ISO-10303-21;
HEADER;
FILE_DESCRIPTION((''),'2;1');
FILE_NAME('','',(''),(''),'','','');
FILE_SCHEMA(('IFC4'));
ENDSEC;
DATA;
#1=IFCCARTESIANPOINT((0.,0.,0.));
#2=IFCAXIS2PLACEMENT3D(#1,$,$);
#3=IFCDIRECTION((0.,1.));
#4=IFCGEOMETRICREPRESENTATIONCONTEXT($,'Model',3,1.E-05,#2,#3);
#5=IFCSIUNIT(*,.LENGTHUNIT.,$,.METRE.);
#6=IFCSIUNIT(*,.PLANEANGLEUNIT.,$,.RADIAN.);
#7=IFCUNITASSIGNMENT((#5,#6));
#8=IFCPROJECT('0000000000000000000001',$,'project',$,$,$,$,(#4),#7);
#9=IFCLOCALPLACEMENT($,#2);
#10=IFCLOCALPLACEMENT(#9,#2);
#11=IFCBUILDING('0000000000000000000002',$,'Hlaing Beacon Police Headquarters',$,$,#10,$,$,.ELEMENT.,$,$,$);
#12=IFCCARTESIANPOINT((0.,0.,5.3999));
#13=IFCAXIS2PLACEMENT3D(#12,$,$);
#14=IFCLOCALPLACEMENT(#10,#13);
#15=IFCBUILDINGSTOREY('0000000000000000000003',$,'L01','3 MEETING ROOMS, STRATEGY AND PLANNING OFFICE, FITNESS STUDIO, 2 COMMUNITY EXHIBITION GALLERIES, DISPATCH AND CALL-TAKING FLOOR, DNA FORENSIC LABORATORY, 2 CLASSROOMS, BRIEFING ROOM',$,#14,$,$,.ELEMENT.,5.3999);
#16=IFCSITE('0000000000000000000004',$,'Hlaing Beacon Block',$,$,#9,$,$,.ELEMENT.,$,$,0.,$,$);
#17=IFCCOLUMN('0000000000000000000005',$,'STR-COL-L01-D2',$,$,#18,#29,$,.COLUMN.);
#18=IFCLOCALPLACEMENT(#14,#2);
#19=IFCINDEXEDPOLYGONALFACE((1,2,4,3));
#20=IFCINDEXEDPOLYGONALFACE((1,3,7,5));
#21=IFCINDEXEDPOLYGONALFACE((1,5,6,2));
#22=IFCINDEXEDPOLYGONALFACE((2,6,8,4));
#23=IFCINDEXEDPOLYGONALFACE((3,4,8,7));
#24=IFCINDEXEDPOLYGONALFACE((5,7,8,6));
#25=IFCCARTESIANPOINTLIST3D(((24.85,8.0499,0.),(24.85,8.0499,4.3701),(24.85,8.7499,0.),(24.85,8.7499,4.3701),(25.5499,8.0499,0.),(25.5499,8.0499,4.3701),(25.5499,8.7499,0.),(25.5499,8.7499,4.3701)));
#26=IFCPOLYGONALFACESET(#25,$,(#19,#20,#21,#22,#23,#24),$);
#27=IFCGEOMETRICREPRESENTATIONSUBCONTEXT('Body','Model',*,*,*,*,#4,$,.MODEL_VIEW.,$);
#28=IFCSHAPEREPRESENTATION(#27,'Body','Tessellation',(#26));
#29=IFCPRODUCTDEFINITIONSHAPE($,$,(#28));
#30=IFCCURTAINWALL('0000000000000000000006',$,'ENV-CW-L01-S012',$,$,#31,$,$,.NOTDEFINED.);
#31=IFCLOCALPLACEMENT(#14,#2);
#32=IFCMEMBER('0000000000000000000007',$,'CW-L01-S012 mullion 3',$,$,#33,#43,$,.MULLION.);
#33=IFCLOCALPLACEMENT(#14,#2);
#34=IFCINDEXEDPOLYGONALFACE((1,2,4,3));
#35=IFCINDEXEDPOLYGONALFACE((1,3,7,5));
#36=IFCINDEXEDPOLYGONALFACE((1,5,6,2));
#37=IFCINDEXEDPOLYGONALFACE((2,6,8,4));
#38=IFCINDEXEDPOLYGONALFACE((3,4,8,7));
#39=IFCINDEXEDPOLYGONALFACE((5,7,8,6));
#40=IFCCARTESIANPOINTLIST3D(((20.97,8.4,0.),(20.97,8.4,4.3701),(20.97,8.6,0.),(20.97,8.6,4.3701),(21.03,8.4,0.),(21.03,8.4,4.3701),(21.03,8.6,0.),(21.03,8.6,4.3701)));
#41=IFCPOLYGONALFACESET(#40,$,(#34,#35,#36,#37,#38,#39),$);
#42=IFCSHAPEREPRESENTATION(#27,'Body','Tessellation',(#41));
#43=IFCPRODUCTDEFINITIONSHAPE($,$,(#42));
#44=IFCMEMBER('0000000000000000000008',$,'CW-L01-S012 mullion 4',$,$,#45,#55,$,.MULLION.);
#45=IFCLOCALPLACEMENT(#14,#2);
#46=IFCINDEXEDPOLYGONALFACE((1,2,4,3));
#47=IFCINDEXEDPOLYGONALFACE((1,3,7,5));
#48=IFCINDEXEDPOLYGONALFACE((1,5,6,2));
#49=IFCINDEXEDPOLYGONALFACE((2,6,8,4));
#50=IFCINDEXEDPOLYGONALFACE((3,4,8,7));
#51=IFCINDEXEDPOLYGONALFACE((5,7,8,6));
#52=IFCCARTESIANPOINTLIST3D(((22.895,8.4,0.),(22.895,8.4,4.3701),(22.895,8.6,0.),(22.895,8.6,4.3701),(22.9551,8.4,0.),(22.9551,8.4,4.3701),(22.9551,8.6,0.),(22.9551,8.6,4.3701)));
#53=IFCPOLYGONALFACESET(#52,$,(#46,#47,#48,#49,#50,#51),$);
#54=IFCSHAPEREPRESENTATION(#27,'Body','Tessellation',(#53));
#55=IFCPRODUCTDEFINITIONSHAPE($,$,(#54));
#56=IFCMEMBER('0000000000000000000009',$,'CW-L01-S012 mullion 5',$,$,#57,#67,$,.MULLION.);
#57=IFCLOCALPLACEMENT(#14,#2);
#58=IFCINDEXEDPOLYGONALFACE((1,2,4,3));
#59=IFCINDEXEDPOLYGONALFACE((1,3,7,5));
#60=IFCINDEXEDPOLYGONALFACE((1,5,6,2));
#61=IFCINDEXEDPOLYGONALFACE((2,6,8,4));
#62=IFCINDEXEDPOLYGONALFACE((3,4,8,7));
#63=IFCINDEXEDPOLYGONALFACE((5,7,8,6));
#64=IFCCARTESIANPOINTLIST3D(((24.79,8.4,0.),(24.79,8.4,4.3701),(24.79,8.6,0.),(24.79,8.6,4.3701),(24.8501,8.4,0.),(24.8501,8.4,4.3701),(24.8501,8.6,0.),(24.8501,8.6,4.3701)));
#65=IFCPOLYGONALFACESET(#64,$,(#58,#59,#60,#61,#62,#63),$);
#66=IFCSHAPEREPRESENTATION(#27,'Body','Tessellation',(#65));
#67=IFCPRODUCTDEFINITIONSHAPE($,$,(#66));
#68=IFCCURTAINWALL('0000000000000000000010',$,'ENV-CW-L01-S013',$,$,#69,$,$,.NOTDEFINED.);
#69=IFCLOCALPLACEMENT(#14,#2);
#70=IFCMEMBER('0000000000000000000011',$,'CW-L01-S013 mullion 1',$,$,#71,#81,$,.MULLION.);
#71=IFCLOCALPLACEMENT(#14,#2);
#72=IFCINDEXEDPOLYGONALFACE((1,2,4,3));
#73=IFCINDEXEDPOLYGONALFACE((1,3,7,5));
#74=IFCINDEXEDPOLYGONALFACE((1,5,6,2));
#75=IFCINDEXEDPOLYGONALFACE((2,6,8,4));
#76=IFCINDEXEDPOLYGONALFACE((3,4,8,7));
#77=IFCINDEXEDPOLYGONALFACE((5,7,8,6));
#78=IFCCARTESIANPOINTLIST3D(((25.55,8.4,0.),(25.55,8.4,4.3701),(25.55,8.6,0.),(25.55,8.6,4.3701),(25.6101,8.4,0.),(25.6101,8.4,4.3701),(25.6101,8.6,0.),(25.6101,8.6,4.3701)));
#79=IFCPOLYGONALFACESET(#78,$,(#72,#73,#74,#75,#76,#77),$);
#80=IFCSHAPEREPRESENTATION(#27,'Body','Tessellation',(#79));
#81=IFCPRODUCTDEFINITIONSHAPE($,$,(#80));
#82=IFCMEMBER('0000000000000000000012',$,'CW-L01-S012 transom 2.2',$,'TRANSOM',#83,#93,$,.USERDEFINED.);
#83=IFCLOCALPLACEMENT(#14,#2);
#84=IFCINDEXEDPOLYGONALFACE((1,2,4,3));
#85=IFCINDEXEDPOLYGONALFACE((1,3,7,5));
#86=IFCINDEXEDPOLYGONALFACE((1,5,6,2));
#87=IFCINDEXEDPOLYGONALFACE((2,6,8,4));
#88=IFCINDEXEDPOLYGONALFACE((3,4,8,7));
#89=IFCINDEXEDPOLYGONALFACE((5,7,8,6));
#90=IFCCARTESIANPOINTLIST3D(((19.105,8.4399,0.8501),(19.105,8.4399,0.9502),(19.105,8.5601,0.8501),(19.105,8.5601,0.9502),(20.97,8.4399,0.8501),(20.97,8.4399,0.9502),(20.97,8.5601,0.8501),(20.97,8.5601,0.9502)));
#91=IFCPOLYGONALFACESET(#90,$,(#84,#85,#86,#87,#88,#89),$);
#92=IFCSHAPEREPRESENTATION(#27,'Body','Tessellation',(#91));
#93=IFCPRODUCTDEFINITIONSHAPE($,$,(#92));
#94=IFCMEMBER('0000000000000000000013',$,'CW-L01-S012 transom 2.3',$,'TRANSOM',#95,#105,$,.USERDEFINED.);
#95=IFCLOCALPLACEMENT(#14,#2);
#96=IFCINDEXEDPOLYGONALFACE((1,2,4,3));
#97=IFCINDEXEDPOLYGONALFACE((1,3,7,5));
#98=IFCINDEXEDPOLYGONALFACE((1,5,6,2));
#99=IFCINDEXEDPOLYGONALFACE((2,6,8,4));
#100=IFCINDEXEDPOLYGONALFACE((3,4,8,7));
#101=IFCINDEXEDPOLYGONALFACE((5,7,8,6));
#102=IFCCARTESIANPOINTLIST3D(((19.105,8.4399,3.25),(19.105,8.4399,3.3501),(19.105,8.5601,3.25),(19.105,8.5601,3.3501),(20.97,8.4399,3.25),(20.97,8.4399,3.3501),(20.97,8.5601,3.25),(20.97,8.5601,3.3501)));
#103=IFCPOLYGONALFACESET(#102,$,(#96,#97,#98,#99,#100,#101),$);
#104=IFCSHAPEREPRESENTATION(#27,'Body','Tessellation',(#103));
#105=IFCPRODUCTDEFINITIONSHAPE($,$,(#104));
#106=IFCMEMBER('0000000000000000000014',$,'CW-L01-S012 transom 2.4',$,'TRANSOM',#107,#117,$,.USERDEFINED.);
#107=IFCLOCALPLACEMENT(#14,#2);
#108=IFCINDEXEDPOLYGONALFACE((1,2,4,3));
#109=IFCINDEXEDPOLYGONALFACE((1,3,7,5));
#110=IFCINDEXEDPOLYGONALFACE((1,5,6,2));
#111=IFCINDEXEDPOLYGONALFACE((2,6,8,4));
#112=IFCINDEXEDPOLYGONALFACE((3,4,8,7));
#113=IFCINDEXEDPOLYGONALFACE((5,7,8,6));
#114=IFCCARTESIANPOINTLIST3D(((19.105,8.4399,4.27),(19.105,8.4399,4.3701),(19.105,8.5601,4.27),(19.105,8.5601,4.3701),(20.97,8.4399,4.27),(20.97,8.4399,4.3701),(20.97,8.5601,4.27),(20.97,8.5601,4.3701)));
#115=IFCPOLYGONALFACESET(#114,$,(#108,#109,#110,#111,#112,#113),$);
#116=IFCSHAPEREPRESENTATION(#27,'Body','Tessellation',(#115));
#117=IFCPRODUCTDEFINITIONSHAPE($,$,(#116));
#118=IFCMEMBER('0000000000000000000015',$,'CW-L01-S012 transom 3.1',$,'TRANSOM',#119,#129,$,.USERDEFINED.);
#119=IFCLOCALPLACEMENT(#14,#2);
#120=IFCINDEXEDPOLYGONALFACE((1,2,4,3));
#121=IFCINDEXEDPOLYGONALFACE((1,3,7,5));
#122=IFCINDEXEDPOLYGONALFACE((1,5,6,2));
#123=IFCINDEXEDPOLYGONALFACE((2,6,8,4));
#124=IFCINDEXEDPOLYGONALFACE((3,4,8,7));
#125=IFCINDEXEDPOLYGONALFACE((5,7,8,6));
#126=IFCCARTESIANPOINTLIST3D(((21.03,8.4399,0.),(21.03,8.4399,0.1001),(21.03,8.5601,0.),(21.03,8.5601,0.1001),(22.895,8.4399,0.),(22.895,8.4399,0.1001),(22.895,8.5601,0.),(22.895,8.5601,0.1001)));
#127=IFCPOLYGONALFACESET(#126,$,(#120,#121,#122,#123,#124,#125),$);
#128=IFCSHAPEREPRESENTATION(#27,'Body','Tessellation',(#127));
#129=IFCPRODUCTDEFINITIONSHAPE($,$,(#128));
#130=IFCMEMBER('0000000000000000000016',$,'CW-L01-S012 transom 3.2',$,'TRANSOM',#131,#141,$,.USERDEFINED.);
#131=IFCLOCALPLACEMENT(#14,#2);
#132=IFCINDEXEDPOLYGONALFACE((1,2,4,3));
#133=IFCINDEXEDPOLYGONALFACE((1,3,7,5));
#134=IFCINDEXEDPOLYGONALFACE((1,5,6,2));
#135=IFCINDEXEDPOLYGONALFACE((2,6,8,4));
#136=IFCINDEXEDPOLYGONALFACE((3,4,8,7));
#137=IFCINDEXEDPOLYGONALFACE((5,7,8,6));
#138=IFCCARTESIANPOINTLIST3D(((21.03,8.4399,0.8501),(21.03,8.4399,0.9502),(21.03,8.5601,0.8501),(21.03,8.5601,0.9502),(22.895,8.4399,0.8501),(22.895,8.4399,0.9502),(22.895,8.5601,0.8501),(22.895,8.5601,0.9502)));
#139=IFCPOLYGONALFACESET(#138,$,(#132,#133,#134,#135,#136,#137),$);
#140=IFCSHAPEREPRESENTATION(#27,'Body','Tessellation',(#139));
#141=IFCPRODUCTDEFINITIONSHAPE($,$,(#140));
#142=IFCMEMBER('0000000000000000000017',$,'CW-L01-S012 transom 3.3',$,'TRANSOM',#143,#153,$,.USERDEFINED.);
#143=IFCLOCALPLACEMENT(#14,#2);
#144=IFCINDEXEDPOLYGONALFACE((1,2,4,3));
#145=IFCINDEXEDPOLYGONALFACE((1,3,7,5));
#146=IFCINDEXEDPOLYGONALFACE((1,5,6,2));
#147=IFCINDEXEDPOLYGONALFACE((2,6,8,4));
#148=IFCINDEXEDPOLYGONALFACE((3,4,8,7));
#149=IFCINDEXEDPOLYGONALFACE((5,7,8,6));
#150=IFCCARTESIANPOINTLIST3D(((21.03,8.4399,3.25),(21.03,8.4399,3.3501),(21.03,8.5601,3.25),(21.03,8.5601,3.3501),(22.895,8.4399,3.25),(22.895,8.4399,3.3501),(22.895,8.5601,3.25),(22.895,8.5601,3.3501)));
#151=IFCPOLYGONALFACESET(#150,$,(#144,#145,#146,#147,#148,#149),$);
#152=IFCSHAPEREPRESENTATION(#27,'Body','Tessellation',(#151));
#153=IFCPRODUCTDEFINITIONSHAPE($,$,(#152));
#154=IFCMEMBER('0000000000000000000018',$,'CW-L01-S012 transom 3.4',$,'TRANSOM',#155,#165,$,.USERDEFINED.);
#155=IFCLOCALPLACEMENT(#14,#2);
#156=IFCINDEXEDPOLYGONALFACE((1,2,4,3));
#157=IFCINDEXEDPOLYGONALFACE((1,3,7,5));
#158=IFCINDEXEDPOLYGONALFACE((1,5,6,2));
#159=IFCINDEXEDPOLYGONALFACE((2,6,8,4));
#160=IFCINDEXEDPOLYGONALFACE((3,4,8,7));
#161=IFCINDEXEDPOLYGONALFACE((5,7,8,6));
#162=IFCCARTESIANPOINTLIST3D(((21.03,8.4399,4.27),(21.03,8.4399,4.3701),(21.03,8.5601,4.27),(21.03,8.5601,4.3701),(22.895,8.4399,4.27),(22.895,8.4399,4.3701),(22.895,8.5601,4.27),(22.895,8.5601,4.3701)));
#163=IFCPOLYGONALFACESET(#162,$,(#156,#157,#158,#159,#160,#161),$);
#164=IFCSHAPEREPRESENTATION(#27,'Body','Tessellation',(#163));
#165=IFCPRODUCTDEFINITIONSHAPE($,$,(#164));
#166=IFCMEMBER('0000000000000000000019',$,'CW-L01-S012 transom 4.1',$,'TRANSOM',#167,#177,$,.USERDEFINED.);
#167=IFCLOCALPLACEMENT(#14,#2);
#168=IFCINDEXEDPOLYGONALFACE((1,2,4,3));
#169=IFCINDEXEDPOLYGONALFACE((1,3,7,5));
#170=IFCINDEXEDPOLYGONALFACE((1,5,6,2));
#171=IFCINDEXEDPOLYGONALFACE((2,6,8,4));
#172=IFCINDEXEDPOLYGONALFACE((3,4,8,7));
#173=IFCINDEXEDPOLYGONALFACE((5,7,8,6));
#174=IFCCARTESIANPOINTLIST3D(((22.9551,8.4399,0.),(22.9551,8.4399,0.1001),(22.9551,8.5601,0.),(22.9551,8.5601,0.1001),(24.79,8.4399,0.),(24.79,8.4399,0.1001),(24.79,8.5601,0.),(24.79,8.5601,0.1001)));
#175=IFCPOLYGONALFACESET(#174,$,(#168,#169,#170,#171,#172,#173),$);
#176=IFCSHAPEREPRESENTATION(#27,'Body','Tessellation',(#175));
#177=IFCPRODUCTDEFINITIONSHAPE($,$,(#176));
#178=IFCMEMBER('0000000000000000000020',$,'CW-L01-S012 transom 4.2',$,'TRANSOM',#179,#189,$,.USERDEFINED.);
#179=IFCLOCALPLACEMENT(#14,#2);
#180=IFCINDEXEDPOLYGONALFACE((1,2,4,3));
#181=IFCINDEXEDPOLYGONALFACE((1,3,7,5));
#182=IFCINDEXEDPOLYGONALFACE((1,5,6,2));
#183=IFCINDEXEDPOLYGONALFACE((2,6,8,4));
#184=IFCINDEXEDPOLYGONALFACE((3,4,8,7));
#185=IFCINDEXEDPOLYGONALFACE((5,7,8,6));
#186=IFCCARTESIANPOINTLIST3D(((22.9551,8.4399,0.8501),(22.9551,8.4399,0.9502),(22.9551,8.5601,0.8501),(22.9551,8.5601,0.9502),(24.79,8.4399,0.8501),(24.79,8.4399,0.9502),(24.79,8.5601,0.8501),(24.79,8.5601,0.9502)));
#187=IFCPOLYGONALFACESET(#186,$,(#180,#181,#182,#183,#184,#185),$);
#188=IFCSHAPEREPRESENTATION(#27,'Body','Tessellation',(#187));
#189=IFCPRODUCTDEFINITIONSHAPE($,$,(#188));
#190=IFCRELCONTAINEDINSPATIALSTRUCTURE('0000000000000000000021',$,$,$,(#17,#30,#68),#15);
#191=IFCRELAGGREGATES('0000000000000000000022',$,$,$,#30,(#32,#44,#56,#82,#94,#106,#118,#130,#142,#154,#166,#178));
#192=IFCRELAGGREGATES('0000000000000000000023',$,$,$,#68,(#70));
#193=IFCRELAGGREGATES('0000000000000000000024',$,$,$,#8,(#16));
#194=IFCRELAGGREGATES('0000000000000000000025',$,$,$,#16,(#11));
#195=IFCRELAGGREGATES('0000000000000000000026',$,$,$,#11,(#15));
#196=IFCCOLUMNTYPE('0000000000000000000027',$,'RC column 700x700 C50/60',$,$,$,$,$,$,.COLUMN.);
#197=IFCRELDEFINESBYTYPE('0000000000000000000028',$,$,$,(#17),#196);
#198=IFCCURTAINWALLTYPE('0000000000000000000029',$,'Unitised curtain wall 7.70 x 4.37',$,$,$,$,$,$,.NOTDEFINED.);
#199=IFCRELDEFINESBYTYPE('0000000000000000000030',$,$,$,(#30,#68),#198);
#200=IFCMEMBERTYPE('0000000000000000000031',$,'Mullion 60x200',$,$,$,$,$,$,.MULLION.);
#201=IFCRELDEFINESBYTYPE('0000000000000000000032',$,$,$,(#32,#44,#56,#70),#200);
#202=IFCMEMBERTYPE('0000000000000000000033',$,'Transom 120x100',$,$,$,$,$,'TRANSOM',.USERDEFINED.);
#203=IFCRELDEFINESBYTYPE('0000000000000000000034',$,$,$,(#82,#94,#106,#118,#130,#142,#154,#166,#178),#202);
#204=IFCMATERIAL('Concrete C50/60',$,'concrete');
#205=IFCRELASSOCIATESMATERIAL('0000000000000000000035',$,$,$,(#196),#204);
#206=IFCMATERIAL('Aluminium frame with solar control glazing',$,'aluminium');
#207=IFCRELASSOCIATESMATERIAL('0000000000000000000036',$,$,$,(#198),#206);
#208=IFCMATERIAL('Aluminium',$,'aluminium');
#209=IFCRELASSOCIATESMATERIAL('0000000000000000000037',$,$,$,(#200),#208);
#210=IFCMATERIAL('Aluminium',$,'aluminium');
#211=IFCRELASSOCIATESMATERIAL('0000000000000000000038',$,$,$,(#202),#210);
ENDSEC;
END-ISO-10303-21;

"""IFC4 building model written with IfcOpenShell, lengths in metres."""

from ifc_helpers import new_model, si_unit, direction, frame, origin, origin_2d, place, context, subcontext, project, spatial, rectangle, extrude, material, material_profile, profile_set, type_object, element, aggregate, save


model = new_model("IFC4")

# Units and contexts
model_context = context("Model", 3, precision=1e-05, world=origin(), true_north=direction((0.0, 1.0)))
body_context = subcontext(model_context, "Body", "Model", "MODEL_VIEW")
ifc_project = project(units=[si_unit("LENGTHUNIT", "METRE"), si_unit("PLANEANGLEUNIT", "RADIAN")], contexts=[model_context])

# Site, building, storey
site_placement = place(None, origin())
site = spatial("IfcSite", under=ifc_project, at=site_placement, Name="Hlaing Beacon Block", CompositionType="ELEMENT", RefElevation=0.0)
building_placement = place(site_placement, origin())
building = spatial("IfcBuilding", under=site, at=building_placement, Name="Hlaing Beacon Police Headquarters", CompositionType="ELEMENT")
storey_placement = place(building_placement, frame((0.0, 0.0, 5.3999)))
storey = spatial("IfcBuildingStorey", under=building, at=storey_placement, Name="L01", Description="3 MEETING ROOMS, STRATEGY AND PLANNING OFFICE, FITNESS STUDIO, 2 COMMUNITY EXHIBITION GALLERIES, DISPATCH AND CALL-TAKING FLOOR, DNA FORENSIC LABORATORY, 2 CLASSROOMS, BRIEFING ROOM", CompositionType="ELEMENT", Elevation=5.3999)

# Column
ifc_material_1 = material(Name="Concrete C50/60", Category="concrete")
ifc_material_profile_1 = material_profile(ifc_material_1, rectangle(XDim=0.7, YDim=0.7, at=origin_2d()), Name="700x700")
ifc_profile_set_1 = profile_set([ifc_material_profile_1], Name="Concrete C50/60")
column_type = type_object("IfcColumnType", Name="RC column 700x700 C50/60", PredefinedType="COLUMN", material=ifc_profile_set_1)
column_placement = place(storey_placement, frame((25.2, 8.3999, 0.0), z_axis=(0.0, 0.0, 1.0), x_axis=(1.0, 0.0, 0.0)))
element("IfcColumn", 1, at=column_placement, inside=storey, type_object=column_type, Name="STR-COL-L01-D2", PredefinedType="COLUMN", context=body_context, shape_type="SweptSolid", body=[
    extrude(rectangle(XDim=0.7, YDim=0.7, at=origin_2d()), origin(), (0.0, 0.0, 1.0), 4.3701),
])

# Curtain wall, members
ifc_material_2 = material(Name="Aluminium frame with solar control glazing", Category="aluminium")
curtain_wall_type = type_object("IfcCurtainWallType", Name="Unitised curtain wall 7.70 x 4.37", PredefinedType="NOTDEFINED", material=ifc_material_2)
curtain_wall_1_placement = place(storey_placement, origin())
curtain_wall_1 = element("IfcCurtainWall", 2, at=curtain_wall_1_placement, inside=storey, type_object=curtain_wall_type, Name="ENV-CW-L01-S012", PredefinedType="NOTDEFINED")
ifc_material_3 = material(Name="Aluminium", Category="aluminium")
ifc_material_profile_2 = material_profile(ifc_material_3, rectangle(XDim=0.2, YDim=0.0601, at=origin_2d()), Name="Mullion 60x200")
ifc_profile_set_2 = profile_set([ifc_material_profile_2], Name="Aluminium")
member_type_1 = type_object("IfcMemberType", Name="Mullion 60x200", PredefinedType="MULLION", material=ifc_profile_set_2)
member_1_placement = place(storey_placement, frame((21.0, 8.5, 0.0), z_axis=(0.0, 0.0, 1.0), x_axis=(0.0, 1.0, 0.0)))
member_1 = element("IfcMember", 3, at=member_1_placement, type_object=member_type_1, Name="CW-L01-S012 mullion 3", PredefinedType="MULLION", context=body_context, shape_type="SweptSolid", body=[
    extrude(rectangle(XDim=0.2, YDim=0.0601, at=origin_2d()), origin(), (0.0, 0.0, 1.0), 4.3701),
])
member_2_placement = place(storey_placement, frame((22.925, 8.5, 0.0), z_axis=(0.0, 0.0, 1.0), x_axis=(0.0, 1.0, 0.0)))
member_2 = element("IfcMember", 4, at=member_2_placement, type_object=member_type_1, Name="CW-L01-S012 mullion 4", PredefinedType="MULLION", context=body_context, shape_type="SweptSolid", body=[
    extrude(rectangle(XDim=0.2, YDim=0.0601, at=origin_2d()), origin(), (0.0, 0.0, 1.0), 4.3701),
])
member_3_placement = place(storey_placement, frame((24.8201, 8.5, 0.0), z_axis=(0.0, 0.0, 1.0), x_axis=(0.0, 1.0, 0.0)))
member_3 = element("IfcMember", 5, at=member_3_placement, type_object=member_type_1, Name="CW-L01-S012 mullion 5", PredefinedType="MULLION", context=body_context, shape_type="SweptSolid", body=[
    extrude(rectangle(XDim=0.2, YDim=0.0601, at=origin_2d()), origin(), (0.0, 0.0, 1.0), 4.3701),
])

# Curtain wall, member
curtain_wall_2_placement = place(storey_placement, origin())
curtain_wall_2 = element("IfcCurtainWall", 6, at=curtain_wall_2_placement, inside=storey, type_object=curtain_wall_type, Name="ENV-CW-L01-S013", PredefinedType="NOTDEFINED")
member_4_placement = place(storey_placement, frame((25.5801, 8.5, 0.0), z_axis=(0.0, 0.0, 1.0), x_axis=(0.0, 1.0, 0.0)))
member_4 = element("IfcMember", 7, at=member_4_placement, type_object=member_type_1, Name="CW-L01-S013 mullion 1", PredefinedType="MULLION", context=body_context, shape_type="SweptSolid", body=[
    extrude(rectangle(XDim=0.2, YDim=0.0601, at=origin_2d()), origin(), (0.0, 0.0, 1.0), 4.3701),
])

# Members
ifc_material_4 = material(Name="Aluminium", Category="aluminium")
ifc_material_profile_3 = material_profile(ifc_material_4, rectangle(XDim=0.1201, YDim=0.1001, at=origin_2d()), Name="Transom 120x100")
ifc_profile_set_3 = profile_set([ifc_material_profile_3], Name="Aluminium")
member_type_2 = type_object("IfcMemberType", Name="Transom 120x100", ElementType="TRANSOM", PredefinedType="USERDEFINED", material=ifc_profile_set_3)
member_5_placement = place(storey_placement, frame((19.105, 8.5, 0.9001), z_axis=(1.0, 0.0, 0.0), x_axis=(0.0, 1.0, 0.0)))
member_5 = element("IfcMember", 8, at=member_5_placement, type_object=member_type_2, Name="CW-L01-S012 transom 2.2", ObjectType="TRANSOM", PredefinedType="USERDEFINED", context=body_context, shape_type="SweptSolid", body=[
    extrude(rectangle(XDim=0.1201, YDim=0.1001, at=origin_2d()), origin(), (0.0, 0.0, 1.0), 1.865),
])
member_6_placement = place(storey_placement, frame((19.105, 8.5, 3.3), z_axis=(1.0, 0.0, 0.0), x_axis=(0.0, 1.0, 0.0)))
member_6 = element("IfcMember", 9, at=member_6_placement, type_object=member_type_2, Name="CW-L01-S012 transom 2.3", ObjectType="TRANSOM", PredefinedType="USERDEFINED", context=body_context, shape_type="SweptSolid", body=[
    extrude(rectangle(XDim=0.1201, YDim=0.1001, at=origin_2d()), origin(), (0.0, 0.0, 1.0), 1.865),
])
member_7_placement = place(storey_placement, frame((19.105, 8.5, 4.3201), z_axis=(1.0, 0.0, 0.0), x_axis=(0.0, 1.0, 0.0)))
member_7 = element("IfcMember", 10, at=member_7_placement, type_object=member_type_2, Name="CW-L01-S012 transom 2.4", ObjectType="TRANSOM", PredefinedType="USERDEFINED", context=body_context, shape_type="SweptSolid", body=[
    extrude(rectangle(XDim=0.1201, YDim=0.1001, at=origin_2d()), origin(), (0.0, 0.0, 1.0), 1.865),
])
member_8_placement = place(storey_placement, frame((21.03, 8.5, 0.05), z_axis=(1.0, 0.0, 0.0), x_axis=(0.0, 1.0, 0.0)))
member_8 = element("IfcMember", 11, at=member_8_placement, type_object=member_type_2, Name="CW-L01-S012 transom 3.1", ObjectType="TRANSOM", PredefinedType="USERDEFINED", context=body_context, shape_type="SweptSolid", body=[
    extrude(rectangle(XDim=0.1201, YDim=0.1001, at=origin_2d()), origin(), (0.0, 0.0, 1.0), 1.865),
])
member_9_placement = place(storey_placement, frame((21.03, 8.5, 0.9001), z_axis=(1.0, 0.0, 0.0), x_axis=(0.0, 1.0, 0.0)))
member_9 = element("IfcMember", 12, at=member_9_placement, type_object=member_type_2, Name="CW-L01-S012 transom 3.2", ObjectType="TRANSOM", PredefinedType="USERDEFINED", context=body_context, shape_type="SweptSolid", body=[
    extrude(rectangle(XDim=0.1201, YDim=0.1001, at=origin_2d()), origin(), (0.0, 0.0, 1.0), 1.865),
])
member_10_placement = place(storey_placement, frame((21.03, 8.5, 3.3), z_axis=(1.0, 0.0, 0.0), x_axis=(0.0, 1.0, 0.0)))
member_10 = element("IfcMember", 13, at=member_10_placement, type_object=member_type_2, Name="CW-L01-S012 transom 3.3", ObjectType="TRANSOM", PredefinedType="USERDEFINED", context=body_context, shape_type="SweptSolid", body=[
    extrude(rectangle(XDim=0.1201, YDim=0.1001, at=origin_2d()), origin(), (0.0, 0.0, 1.0), 1.865),
])
member_11_placement = place(storey_placement, frame((21.03, 8.5, 4.3201), z_axis=(1.0, 0.0, 0.0), x_axis=(0.0, 1.0, 0.0)))
member_11 = element("IfcMember", 14, at=member_11_placement, type_object=member_type_2, Name="CW-L01-S012 transom 3.4", ObjectType="TRANSOM", PredefinedType="USERDEFINED", context=body_context, shape_type="SweptSolid", body=[
    extrude(rectangle(XDim=0.1201, YDim=0.1001, at=origin_2d()), origin(), (0.0, 0.0, 1.0), 1.865),
])
member_12_placement = place(storey_placement, frame((22.9551, 8.5, 0.05), z_axis=(1.0, 0.0, 0.0), x_axis=(0.0, 1.0, 0.0)))
member_12 = element("IfcMember", 15, at=member_12_placement, type_object=member_type_2, Name="CW-L01-S012 transom 4.1", ObjectType="TRANSOM", PredefinedType="USERDEFINED", context=body_context, shape_type="SweptSolid", body=[
    extrude(rectangle(XDim=0.1201, YDim=0.1001, at=origin_2d()), origin(), (0.0, 0.0, 1.0), 1.835),
])
member_13_placement = place(storey_placement, frame((22.9551, 8.5, 0.9001), z_axis=(1.0, 0.0, 0.0), x_axis=(0.0, 1.0, 0.0)))
member_13 = element("IfcMember", 16, at=member_13_placement, type_object=member_type_2, Name="CW-L01-S012 transom 4.2", ObjectType="TRANSOM", PredefinedType="USERDEFINED", context=body_context, shape_type="SweptSolid", body=[
    extrude(rectangle(XDim=0.1201, YDim=0.1001, at=origin_2d()), origin(), (0.0, 0.0, 1.0), 1.835),
])

aggregate(curtain_wall_1, [member_1, member_2, member_3, member_5, member_6, member_7, member_8, member_9, member_10, member_11, member_12, member_13])
aggregate(curtain_wall_2, [member_4])

save(model, "model.ifc")
